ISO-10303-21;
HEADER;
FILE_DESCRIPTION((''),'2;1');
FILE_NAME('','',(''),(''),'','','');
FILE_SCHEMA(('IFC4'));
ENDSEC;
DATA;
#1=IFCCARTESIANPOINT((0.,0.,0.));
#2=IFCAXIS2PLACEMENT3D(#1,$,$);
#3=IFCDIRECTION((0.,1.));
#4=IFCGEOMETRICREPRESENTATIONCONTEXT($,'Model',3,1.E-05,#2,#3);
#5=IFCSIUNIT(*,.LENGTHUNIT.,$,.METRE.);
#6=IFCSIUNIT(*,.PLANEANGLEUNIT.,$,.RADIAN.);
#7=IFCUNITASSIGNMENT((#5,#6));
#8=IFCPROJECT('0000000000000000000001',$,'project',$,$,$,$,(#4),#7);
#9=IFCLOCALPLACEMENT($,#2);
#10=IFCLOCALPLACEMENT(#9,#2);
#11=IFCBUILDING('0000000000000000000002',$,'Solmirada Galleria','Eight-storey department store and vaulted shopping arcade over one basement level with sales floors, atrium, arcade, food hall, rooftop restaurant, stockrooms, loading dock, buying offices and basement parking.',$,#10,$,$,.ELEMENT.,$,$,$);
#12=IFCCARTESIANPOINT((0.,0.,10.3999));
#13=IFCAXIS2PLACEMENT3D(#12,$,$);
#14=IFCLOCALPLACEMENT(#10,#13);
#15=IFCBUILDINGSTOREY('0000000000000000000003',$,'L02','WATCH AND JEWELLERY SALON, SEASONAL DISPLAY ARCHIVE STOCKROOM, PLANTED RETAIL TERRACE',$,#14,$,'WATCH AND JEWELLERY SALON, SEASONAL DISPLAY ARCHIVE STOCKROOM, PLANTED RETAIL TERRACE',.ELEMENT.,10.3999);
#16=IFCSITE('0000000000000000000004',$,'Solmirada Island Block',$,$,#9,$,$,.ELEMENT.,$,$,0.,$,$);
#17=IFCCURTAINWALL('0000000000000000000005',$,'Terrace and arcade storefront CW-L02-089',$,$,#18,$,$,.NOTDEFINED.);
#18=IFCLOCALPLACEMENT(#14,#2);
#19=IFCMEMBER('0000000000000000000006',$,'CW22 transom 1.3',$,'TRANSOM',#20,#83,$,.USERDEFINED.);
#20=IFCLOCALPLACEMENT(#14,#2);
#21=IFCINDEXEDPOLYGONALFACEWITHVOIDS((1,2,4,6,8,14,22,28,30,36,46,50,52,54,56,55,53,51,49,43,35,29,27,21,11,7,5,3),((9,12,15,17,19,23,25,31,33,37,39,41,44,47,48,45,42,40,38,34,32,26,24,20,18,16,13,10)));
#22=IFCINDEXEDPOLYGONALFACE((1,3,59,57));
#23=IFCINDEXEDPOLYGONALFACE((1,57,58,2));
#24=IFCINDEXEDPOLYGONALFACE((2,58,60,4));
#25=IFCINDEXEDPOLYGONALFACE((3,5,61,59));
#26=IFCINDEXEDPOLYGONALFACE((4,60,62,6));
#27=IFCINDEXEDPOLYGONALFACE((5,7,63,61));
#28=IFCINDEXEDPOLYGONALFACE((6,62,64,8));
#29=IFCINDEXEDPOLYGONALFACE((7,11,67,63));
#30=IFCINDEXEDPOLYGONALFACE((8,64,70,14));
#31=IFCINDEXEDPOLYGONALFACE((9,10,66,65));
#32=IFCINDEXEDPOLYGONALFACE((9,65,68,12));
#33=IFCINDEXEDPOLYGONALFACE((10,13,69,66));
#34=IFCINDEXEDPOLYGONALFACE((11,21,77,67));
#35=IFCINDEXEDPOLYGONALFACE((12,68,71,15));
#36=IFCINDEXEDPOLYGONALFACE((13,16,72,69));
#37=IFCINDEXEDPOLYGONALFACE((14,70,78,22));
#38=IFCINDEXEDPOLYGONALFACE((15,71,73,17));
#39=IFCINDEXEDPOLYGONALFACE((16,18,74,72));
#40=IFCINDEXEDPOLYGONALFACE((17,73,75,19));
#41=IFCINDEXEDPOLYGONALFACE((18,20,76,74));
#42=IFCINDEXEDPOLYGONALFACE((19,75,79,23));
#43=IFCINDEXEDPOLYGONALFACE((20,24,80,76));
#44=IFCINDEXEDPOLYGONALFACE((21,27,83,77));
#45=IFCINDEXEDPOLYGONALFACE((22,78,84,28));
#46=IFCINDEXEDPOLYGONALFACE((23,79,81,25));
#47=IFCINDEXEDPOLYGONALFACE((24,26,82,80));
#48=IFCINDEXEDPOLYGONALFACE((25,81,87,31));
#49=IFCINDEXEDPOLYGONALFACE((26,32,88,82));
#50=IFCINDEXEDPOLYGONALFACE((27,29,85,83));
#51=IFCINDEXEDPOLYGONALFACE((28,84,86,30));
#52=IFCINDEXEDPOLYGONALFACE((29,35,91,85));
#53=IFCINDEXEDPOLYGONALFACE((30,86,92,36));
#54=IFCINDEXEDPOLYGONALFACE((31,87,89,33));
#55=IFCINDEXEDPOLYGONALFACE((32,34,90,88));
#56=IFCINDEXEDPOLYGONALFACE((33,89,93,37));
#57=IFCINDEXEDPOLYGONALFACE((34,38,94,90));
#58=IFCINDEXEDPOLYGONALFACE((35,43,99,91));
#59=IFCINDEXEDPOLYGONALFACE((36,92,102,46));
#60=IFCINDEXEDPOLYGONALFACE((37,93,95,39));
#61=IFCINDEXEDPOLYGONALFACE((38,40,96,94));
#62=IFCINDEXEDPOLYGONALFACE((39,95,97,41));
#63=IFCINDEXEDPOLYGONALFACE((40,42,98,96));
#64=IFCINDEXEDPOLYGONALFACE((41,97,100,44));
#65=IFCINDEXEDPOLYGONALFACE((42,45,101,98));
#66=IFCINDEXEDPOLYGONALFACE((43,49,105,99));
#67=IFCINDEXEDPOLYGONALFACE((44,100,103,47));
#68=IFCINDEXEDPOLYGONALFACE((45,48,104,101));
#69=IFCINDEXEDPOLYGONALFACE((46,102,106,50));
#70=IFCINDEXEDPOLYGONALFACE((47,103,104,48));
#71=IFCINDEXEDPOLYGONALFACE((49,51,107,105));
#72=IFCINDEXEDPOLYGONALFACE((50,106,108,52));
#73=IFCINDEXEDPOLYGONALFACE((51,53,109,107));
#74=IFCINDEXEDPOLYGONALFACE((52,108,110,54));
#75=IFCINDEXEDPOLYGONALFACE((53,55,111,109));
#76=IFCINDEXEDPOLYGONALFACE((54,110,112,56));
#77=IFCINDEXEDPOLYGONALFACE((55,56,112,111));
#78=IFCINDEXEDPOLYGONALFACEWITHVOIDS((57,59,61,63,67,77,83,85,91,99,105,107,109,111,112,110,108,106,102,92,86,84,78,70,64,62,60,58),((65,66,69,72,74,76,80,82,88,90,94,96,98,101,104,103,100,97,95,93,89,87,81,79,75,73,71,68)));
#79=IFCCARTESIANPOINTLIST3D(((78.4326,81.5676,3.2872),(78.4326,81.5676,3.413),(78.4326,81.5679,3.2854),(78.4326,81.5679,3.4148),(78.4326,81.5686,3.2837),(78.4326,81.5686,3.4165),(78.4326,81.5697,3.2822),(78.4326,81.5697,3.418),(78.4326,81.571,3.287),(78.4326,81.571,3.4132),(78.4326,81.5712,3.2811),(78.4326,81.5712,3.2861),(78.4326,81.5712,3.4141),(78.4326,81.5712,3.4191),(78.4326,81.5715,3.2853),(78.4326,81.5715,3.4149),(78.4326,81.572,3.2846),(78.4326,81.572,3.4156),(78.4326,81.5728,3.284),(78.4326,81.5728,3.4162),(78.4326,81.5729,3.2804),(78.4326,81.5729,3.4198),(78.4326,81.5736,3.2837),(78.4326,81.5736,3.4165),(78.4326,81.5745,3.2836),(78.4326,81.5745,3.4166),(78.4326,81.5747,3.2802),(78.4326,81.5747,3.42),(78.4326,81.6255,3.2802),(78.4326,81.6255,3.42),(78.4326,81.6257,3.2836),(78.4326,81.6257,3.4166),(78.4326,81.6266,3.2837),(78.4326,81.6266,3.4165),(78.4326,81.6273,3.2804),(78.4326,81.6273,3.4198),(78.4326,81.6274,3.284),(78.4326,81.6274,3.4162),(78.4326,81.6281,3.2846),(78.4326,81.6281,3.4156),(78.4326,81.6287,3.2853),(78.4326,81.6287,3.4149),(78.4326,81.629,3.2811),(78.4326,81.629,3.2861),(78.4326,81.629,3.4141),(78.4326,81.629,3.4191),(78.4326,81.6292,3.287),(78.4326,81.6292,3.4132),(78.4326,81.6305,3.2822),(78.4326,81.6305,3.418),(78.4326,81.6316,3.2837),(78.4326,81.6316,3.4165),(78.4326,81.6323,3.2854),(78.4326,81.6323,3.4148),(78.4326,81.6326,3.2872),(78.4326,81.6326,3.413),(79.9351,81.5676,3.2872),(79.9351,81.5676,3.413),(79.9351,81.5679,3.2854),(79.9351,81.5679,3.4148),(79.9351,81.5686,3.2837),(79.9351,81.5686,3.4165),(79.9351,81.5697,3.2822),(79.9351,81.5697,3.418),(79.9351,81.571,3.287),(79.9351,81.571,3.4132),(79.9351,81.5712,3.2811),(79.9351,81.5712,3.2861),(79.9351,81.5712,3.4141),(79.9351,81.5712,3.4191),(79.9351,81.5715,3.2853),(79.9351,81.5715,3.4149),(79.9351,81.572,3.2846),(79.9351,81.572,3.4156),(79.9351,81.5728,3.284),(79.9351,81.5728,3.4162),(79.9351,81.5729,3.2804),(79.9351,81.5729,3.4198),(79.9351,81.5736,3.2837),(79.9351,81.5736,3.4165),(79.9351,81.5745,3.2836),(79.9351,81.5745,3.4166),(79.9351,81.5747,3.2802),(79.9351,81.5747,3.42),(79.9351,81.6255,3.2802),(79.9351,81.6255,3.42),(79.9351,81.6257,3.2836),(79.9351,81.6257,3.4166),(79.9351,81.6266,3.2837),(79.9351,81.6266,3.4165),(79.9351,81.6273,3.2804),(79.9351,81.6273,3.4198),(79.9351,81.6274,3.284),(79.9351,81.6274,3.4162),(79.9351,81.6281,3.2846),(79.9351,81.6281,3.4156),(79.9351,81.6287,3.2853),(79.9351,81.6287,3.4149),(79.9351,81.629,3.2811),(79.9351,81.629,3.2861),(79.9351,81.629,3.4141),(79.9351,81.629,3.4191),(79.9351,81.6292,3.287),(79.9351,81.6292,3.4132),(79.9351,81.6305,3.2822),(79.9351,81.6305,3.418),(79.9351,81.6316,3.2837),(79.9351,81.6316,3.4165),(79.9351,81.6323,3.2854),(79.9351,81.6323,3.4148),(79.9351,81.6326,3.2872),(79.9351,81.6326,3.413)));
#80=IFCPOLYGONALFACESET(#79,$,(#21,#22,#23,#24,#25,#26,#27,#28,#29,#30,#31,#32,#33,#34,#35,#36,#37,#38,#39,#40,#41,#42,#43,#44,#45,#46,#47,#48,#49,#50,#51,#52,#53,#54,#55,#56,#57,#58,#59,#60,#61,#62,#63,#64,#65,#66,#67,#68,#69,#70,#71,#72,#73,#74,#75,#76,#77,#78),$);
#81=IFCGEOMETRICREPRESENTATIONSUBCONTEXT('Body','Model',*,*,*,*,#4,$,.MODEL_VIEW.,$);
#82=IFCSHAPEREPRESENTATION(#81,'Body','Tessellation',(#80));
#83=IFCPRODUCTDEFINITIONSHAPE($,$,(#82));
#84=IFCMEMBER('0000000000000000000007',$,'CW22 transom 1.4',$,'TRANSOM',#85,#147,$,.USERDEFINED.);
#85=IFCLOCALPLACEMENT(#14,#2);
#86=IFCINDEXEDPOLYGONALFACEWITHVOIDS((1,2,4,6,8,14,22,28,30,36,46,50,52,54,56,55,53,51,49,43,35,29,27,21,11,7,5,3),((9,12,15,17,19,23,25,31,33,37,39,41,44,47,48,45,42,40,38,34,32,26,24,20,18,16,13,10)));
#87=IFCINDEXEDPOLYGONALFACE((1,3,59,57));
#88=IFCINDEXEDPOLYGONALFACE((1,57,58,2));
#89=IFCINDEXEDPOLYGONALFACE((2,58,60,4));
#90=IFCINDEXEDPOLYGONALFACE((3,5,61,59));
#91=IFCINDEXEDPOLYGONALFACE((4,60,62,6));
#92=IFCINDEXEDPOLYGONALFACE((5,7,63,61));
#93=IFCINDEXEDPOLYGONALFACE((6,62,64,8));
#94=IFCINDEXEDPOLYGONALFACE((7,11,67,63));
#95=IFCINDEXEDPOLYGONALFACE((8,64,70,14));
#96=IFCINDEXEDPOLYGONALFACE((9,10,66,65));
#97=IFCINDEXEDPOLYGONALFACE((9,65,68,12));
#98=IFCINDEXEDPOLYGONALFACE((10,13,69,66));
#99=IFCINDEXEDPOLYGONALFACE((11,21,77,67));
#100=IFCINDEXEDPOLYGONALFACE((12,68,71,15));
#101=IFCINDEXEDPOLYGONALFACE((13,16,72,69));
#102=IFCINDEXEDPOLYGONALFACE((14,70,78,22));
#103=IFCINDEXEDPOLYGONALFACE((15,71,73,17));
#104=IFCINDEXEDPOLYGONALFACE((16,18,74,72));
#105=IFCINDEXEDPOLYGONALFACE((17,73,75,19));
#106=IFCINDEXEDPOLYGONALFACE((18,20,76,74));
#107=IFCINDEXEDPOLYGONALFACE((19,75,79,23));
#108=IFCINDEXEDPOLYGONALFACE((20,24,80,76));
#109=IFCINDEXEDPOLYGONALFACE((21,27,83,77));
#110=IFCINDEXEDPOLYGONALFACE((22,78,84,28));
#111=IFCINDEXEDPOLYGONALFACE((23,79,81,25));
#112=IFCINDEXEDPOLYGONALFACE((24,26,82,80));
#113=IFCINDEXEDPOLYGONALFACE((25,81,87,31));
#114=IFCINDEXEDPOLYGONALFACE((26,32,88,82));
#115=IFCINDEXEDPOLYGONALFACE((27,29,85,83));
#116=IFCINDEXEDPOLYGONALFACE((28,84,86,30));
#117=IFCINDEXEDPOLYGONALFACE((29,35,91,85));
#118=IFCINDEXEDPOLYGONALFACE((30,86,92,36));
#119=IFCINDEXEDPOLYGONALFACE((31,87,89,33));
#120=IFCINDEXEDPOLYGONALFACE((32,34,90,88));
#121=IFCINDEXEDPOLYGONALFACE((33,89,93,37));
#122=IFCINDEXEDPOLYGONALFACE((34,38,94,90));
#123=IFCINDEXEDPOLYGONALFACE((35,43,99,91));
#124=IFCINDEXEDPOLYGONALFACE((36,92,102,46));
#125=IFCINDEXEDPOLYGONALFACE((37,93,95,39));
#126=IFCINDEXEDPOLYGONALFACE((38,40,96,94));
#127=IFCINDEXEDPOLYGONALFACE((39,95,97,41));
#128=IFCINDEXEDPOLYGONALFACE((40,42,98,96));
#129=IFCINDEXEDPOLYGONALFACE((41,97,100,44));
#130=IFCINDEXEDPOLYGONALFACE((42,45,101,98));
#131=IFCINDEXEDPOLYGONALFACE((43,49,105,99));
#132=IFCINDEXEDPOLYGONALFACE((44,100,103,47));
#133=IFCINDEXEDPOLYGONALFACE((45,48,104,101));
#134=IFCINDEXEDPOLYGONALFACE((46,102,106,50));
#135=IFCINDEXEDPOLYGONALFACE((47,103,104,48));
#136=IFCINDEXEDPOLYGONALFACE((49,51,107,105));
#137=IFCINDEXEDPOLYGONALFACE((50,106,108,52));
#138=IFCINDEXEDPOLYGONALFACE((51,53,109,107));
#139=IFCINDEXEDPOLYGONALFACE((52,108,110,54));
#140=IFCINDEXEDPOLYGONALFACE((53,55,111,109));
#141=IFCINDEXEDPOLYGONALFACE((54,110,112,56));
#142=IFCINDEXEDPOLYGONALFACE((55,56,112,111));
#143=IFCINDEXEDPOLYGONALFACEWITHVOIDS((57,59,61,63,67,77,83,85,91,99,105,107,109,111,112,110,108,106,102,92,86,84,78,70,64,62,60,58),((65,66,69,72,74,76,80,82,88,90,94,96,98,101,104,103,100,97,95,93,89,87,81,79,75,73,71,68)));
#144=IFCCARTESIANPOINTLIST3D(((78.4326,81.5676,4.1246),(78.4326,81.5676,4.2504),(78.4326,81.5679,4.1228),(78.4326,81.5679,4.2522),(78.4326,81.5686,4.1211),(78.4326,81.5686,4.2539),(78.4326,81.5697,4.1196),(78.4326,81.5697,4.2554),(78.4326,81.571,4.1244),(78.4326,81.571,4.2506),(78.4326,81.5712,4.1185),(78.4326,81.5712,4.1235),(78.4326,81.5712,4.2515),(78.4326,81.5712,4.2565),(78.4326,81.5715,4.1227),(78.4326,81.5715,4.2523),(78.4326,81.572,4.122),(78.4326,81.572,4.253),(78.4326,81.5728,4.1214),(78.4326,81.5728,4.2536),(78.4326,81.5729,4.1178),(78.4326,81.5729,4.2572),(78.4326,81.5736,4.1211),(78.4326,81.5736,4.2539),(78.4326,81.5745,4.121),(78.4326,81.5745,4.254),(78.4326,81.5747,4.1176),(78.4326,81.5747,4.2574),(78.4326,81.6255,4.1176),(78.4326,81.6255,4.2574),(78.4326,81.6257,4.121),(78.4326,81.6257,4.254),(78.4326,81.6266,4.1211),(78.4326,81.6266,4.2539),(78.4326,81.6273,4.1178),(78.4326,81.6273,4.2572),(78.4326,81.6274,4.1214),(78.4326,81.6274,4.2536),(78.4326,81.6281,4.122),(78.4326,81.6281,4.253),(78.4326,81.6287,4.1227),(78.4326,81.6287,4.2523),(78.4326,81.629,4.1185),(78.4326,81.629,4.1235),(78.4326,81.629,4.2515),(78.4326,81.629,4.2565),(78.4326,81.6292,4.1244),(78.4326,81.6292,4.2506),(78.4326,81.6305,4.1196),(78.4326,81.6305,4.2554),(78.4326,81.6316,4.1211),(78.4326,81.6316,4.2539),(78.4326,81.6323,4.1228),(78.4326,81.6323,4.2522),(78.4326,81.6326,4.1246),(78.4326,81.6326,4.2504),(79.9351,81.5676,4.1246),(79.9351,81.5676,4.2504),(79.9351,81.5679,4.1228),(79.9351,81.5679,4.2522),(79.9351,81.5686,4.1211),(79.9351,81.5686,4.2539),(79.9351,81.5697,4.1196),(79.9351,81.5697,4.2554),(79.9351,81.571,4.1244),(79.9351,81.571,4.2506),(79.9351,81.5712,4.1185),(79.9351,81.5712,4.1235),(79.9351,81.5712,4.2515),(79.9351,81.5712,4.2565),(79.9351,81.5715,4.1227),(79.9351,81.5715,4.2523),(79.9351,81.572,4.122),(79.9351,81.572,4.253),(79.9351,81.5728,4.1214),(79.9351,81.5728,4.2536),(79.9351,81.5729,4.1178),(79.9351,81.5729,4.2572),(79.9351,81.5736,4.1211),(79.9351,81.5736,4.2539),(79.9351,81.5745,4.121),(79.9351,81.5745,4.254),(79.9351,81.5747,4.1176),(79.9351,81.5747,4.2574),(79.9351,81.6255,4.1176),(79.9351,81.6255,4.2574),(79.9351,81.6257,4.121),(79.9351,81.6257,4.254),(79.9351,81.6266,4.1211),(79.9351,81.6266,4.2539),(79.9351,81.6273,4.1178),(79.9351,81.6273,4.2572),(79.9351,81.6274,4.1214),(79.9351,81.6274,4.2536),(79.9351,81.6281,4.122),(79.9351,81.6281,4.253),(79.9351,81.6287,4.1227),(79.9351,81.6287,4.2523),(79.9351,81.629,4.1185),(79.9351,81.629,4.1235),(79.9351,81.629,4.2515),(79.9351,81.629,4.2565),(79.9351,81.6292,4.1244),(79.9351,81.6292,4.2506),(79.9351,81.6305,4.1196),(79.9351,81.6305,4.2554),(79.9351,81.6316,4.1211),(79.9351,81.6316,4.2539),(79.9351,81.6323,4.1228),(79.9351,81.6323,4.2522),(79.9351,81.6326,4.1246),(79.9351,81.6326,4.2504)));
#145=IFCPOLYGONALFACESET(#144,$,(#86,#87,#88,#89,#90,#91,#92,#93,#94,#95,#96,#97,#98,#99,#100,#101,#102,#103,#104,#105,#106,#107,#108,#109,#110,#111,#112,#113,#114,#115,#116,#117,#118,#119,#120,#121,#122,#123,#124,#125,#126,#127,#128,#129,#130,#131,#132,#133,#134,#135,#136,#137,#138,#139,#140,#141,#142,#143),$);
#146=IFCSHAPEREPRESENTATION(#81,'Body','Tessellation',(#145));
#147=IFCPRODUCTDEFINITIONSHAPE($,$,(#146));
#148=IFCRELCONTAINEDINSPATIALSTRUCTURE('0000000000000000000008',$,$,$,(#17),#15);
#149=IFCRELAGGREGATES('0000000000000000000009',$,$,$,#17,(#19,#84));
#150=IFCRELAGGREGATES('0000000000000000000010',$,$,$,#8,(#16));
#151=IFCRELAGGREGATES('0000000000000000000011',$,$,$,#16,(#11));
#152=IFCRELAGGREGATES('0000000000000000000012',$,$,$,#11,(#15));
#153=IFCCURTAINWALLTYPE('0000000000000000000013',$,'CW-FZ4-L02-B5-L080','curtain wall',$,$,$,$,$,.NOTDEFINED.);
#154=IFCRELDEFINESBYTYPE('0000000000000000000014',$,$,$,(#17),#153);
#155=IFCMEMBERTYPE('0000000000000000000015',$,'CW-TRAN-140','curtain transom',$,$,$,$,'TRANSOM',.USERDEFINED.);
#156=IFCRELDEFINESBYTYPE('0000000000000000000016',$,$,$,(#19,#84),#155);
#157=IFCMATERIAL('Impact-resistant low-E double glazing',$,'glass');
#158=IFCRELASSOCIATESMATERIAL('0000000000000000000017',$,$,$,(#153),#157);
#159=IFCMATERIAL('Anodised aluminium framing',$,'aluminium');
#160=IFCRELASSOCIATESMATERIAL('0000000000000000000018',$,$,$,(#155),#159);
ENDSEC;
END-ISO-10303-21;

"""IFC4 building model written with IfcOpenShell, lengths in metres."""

from ifc_helpers import new_model, si_unit, direction, frame, origin, origin_2d, place, context, subcontext, project, spatial, hollow_rectangle, extrude, material, material_profile, profile_set, type_object, element, aggregate, save


model = new_model("IFC4")

# Units and contexts
model_context = context("Model", 3, precision=1e-05, world=origin(), true_north=direction((0.0, 1.0)))
body_context = subcontext(model_context, "Body", "Model", "MODEL_VIEW")
ifc_project = project(units=[si_unit("LENGTHUNIT", "METRE"), si_unit("PLANEANGLEUNIT", "RADIAN")], contexts=[model_context])

# Site, building, storey
site_placement = place(None, origin())
site = spatial("IfcSite", under=ifc_project, at=site_placement, Name="Solmirada Island Block", CompositionType="ELEMENT", RefElevation=0.0)
building_placement = place(site_placement, origin())
building = spatial("IfcBuilding", under=site, at=building_placement, Name="Solmirada Galleria", Description="Eight-storey department store and vaulted shopping arcade over one basement level with sales floors, atrium, arcade, food hall, rooftop restaurant, stockrooms, loading dock, buying offices and basement parking.", CompositionType="ELEMENT")
storey_placement = place(building_placement, frame((0.0, 0.0, 10.3999)))
storey = spatial("IfcBuildingStorey", under=building, at=storey_placement, Name="L02", Description="WATCH AND JEWELLERY SALON, SEASONAL DISPLAY ARCHIVE STOCKROOM, PLANTED RETAIL TERRACE", LongName="WATCH AND JEWELLERY SALON, SEASONAL DISPLAY ARCHIVE STOCKROOM, PLANTED RETAIL TERRACE", CompositionType="ELEMENT", Elevation=10.3999)

# Shared definitions
ifc_material_1 = material(Name="Impact-resistant low-E double glazing", Category="glass")
curtain_wall_type = type_object("IfcCurtainWallType", Name="CW-FZ4-L02-B5-L080", Description="curtain wall", PredefinedType="NOTDEFINED", material=ifc_material_1)
ifc_material_2 = material(Name="Anodised aluminium framing", Category="aluminium")

# Curtain wall, members
curtain_wall_1_placement = place(storey_placement, origin())
curtain_wall_1 = element("IfcCurtainWall", 1, at=curtain_wall_1_placement, inside=storey, type_object=curtain_wall_type, Name="Terrace and arcade storefront CW-L02-089", PredefinedType="NOTDEFINED")
ifc_material_profile_1 = material_profile(ifc_material_2, hollow_rectangle(XDim=0.0649, YDim=0.1399, WallThickness=0.0034, InnerFilletRadius=0.0034, OuterFilletRadius=0.0071, at=origin_2d()), Name="ALU-TRAN-140X65")
ifc_profile_set_1 = profile_set([ifc_material_profile_1], Name="Anodised aluminium framing")
member_type_1 = type_object("IfcMemberType", Name="CW-TRAN-140", Description="curtain transom", ElementType="TRANSOM", PredefinedType="USERDEFINED", material=ifc_profile_set_1)
member_1_placement = place(storey_placement, frame((79.9351, 81.6001, 3.3501), z_axis=(-1.0, 0.0, 0.0), x_axis=(0.0, -1.0, 0.0)))
member_1 = element("IfcMember", 2, at=member_1_placement, type_object=member_type_1, Name="CW22 transom 1.3", ObjectType="TRANSOM", PredefinedType="USERDEFINED", context=body_context, shape_type="SweptSolid", body=[
    extrude(hollow_rectangle(XDim=0.0649, YDim=0.1399, WallThickness=0.0034, InnerFilletRadius=0.0034, OuterFilletRadius=0.0071, at=origin_2d()), origin(), (0.0, 0.0, 1.0), 1.5024),
])
member_2_placement = place(storey_placement, frame((79.9351, 81.6001, 4.1875), z_axis=(-1.0, 0.0, 0.0), x_axis=(0.0, -1.0, 0.0)))
member_2 = element("IfcMember", 3, at=member_2_placement, type_object=member_type_1, Name="CW22 transom 1.4", ObjectType="TRANSOM", PredefinedType="USERDEFINED", context=body_context, shape_type="SweptSolid", body=[
    extrude(hollow_rectangle(XDim=0.0649, YDim=0.1399, WallThickness=0.0034, InnerFilletRadius=0.0034, OuterFilletRadius=0.0071, at=origin_2d()), origin(), (0.0, 0.0, 1.0), 1.5024),
])

aggregate(curtain_wall_1, [member_1, member_2])

save(model, "model.ifc")
